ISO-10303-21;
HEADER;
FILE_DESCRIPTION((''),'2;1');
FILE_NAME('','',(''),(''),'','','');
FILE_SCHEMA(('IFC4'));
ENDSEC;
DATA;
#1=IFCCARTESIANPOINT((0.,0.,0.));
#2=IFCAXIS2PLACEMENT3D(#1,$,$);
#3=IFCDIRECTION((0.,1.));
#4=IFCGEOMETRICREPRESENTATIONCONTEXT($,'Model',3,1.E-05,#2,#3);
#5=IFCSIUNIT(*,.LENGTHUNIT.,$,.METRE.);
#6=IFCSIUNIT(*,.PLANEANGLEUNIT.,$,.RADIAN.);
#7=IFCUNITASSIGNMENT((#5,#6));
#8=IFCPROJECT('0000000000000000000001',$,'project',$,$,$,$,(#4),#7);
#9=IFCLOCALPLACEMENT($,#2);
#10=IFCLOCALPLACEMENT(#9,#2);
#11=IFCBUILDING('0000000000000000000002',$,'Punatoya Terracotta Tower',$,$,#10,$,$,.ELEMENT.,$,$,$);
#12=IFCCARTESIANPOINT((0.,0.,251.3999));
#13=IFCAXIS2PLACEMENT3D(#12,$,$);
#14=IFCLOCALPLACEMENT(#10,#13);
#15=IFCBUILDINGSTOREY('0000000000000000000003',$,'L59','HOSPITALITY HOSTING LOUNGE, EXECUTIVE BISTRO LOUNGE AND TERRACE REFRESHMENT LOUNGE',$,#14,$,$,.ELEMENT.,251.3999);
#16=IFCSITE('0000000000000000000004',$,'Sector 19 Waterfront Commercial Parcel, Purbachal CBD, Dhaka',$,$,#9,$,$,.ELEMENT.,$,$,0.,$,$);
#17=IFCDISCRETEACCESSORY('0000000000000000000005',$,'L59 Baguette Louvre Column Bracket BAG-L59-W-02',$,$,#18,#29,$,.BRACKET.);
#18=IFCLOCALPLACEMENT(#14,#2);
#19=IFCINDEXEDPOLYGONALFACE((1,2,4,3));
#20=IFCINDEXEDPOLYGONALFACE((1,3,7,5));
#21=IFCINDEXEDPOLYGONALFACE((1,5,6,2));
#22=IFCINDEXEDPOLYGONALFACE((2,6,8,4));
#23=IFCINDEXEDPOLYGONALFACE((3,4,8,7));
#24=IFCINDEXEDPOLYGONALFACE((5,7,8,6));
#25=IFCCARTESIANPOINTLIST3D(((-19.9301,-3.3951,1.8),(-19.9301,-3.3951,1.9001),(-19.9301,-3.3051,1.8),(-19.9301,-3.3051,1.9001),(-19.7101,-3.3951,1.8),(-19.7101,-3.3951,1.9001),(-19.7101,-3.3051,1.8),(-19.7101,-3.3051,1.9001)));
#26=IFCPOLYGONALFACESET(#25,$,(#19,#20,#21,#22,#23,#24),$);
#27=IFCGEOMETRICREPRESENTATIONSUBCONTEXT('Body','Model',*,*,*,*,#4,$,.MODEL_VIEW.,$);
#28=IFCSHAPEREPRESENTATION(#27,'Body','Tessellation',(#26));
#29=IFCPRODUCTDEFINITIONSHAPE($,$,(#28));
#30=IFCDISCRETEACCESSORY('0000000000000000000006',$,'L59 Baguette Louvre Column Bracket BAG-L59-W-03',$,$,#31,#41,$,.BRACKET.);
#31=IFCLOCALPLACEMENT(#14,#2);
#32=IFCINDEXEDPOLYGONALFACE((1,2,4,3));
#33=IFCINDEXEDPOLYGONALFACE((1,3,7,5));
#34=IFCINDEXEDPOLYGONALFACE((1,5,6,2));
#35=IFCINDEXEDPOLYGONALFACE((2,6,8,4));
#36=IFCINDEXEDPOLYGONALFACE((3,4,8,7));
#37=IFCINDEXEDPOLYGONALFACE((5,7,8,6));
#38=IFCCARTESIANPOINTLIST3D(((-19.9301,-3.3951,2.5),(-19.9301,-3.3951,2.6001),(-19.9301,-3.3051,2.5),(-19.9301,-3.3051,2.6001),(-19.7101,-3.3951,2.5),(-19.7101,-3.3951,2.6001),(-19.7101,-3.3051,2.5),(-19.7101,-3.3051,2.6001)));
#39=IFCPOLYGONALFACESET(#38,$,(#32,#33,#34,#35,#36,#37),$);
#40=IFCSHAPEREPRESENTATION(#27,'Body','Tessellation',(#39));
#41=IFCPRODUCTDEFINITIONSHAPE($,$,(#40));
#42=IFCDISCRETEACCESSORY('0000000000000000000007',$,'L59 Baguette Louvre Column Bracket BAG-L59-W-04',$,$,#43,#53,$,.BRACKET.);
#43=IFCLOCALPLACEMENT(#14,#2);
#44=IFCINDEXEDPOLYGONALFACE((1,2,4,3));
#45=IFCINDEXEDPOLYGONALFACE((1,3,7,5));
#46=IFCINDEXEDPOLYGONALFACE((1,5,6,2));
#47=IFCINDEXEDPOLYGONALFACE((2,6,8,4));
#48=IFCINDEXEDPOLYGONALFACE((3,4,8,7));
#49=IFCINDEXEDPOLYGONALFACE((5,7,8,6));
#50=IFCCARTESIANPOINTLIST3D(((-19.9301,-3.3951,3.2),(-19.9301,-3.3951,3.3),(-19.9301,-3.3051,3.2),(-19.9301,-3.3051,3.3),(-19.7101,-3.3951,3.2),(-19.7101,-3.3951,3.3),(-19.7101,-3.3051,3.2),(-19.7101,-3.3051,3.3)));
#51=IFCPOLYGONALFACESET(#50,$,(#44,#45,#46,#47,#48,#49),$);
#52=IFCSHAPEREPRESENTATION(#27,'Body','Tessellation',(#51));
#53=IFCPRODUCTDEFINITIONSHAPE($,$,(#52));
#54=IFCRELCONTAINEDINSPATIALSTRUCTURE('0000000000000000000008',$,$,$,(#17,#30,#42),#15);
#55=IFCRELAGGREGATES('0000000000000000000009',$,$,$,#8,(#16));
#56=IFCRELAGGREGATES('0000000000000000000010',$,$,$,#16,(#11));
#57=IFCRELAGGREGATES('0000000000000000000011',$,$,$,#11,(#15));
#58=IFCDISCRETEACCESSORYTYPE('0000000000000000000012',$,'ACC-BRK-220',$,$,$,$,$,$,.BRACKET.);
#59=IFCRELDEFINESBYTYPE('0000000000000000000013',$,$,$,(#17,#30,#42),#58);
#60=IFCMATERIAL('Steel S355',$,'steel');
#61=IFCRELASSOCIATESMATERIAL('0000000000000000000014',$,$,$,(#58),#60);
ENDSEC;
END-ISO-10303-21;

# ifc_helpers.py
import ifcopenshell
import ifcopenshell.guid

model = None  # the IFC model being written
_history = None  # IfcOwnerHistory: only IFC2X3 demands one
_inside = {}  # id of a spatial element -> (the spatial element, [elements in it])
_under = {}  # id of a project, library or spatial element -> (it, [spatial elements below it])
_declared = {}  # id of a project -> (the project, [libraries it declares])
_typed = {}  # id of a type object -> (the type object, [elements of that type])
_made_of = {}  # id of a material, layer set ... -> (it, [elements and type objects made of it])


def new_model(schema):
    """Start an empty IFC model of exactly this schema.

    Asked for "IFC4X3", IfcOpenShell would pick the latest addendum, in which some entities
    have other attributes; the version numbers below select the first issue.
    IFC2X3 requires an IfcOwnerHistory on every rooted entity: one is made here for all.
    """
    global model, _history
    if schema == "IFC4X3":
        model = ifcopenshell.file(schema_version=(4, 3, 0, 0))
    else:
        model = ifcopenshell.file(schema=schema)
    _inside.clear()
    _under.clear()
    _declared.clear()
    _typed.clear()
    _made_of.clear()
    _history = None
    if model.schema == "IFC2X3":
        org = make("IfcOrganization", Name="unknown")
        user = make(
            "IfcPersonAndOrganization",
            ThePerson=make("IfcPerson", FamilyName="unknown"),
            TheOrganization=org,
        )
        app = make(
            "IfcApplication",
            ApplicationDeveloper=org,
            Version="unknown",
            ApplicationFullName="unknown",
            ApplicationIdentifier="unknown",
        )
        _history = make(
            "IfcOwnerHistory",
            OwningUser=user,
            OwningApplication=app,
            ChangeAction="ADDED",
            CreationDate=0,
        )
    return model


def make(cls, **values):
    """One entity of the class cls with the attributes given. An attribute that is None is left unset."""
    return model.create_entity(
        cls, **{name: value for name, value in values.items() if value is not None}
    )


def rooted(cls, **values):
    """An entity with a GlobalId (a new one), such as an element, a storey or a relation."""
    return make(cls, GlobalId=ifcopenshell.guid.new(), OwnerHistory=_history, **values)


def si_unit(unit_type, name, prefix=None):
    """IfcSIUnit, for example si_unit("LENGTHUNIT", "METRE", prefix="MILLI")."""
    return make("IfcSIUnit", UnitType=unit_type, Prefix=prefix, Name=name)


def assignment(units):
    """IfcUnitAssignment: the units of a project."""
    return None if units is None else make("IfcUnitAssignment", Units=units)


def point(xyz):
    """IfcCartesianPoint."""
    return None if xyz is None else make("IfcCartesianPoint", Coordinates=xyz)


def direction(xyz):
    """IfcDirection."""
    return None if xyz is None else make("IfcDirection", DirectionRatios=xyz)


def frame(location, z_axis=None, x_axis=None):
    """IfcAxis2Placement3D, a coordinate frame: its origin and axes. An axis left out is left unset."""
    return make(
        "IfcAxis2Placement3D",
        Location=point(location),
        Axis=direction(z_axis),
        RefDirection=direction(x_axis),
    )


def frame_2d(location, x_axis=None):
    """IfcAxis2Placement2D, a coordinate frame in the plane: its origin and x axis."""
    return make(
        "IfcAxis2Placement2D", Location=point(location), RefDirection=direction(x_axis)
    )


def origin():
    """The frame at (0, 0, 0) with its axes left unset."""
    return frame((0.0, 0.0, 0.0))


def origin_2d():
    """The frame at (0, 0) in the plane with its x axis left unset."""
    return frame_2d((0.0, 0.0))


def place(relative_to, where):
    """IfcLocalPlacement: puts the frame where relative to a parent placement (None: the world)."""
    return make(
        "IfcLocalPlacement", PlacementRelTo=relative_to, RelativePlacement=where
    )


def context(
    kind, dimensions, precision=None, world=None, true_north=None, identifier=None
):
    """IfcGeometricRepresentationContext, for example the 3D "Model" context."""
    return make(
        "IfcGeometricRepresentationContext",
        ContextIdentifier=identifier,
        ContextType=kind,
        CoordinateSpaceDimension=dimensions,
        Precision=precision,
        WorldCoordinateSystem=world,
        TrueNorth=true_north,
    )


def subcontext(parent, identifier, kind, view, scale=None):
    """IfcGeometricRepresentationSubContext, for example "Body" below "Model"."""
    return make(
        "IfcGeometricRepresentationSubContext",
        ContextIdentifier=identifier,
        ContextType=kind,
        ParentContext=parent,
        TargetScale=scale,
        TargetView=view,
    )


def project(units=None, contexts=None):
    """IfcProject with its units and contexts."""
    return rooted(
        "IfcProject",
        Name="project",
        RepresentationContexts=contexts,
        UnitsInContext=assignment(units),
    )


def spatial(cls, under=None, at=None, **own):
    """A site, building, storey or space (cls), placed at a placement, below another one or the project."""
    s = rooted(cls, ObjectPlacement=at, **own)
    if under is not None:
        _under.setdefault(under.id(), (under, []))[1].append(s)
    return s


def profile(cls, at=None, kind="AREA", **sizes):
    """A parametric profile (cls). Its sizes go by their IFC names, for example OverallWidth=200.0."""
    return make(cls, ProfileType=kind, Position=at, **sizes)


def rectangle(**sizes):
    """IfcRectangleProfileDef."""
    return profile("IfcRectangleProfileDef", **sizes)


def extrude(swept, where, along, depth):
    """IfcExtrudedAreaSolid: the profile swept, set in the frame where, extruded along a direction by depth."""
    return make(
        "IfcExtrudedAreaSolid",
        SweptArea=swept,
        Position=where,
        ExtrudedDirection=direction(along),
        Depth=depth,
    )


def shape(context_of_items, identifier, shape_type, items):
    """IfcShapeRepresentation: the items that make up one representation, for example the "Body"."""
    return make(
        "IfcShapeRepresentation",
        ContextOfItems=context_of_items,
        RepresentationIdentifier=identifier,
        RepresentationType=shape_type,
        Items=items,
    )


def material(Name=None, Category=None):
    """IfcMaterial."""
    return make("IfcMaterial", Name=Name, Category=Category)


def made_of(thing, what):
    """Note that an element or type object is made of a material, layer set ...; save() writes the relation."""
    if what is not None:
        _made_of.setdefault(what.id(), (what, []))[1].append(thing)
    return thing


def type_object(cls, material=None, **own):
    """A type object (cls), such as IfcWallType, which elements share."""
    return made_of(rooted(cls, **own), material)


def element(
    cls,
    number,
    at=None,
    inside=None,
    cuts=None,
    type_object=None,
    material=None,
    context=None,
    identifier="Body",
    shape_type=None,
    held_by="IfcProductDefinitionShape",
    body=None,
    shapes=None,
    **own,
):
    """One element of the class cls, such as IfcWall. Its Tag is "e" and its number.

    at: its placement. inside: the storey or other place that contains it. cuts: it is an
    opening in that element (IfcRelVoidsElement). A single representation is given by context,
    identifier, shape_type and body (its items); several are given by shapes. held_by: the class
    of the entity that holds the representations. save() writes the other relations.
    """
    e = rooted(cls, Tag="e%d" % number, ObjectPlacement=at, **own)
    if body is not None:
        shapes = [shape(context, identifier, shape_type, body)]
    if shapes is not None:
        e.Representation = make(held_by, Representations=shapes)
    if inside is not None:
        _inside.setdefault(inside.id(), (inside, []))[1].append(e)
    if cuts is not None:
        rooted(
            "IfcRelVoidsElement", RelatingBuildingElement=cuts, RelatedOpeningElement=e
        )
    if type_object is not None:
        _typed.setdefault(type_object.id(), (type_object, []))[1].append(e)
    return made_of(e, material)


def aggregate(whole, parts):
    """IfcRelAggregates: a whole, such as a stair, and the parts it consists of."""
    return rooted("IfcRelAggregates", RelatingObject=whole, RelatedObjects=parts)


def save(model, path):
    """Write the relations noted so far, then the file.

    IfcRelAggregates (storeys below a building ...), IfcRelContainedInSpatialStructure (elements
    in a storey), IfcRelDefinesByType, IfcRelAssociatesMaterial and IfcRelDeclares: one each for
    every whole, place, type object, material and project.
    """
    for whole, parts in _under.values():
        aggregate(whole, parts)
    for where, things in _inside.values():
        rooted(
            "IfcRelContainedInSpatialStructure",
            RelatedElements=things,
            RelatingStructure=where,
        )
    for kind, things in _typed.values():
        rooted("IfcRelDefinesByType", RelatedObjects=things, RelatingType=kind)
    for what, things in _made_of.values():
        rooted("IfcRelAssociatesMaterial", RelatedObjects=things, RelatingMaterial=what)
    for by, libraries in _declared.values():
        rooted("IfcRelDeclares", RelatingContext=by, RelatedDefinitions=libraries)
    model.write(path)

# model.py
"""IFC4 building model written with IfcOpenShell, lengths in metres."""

from ifc_helpers import new_model, si_unit, direction, frame, origin, origin_2d, place, context, subcontext, project, spatial, rectangle, extrude, material, type_object, element, save


model = new_model("IFC4")

# Units and contexts
model_context = context("Model", 3, precision=1e-05, world=origin(), true_north=direction((0.0, 1.0)))
body_context = subcontext(model_context, "Body", "Model", "MODEL_VIEW")
ifc_project = project(units=[si_unit("LENGTHUNIT", "METRE"), si_unit("PLANEANGLEUNIT", "RADIAN")], contexts=[model_context])

# Site, building, storey
site_placement = place(None, origin())
site = spatial("IfcSite", under=ifc_project, at=site_placement, Name="Sector 19 Waterfront Commercial Parcel, Purbachal CBD, Dhaka", CompositionType="ELEMENT", RefElevation=0.0)
building_placement = place(site_placement, origin())
building = spatial("IfcBuilding", under=site, at=building_placement, Name="Punatoya Terracotta Tower", CompositionType="ELEMENT")
storey_placement = place(building_placement, frame((0.0, 0.0, 251.3999)))
storey = spatial("IfcBuildingStorey", under=building, at=storey_placement, Name="L59", Description="HOSPITALITY HOSTING LOUNGE, EXECUTIVE BISTRO LOUNGE AND TERRACE REFRESHMENT LOUNGE", CompositionType="ELEMENT", Elevation=251.3999)

# Shared definitions
ifc_material_1 = material(Name="Steel S355", Category="steel")

# Discrete accessories
discrete_accessory_type = type_object("IfcDiscreteAccessoryType", Name="ACC-BRK-220", PredefinedType="BRACKET", material=ifc_material_1)
for number, where, z_axis, x_axis, name in (
    (1, (-19.8201, -3.3501, 1.8), (0.0, 0.0, 1.0), (0.0, 1.0, 0.0), "L59 Baguette Louvre Column Bracket BAG-L59-W-02"),
    (2, (-19.8201, -3.3501, 2.5), (0.0, 0.0, 1.0), (0.0, 1.0, 0.0), "L59 Baguette Louvre Column Bracket BAG-L59-W-03"),
    (3, (-19.8201, -3.3501, 3.2), (0.0, 0.0, 1.0), (0.0, 1.0, 0.0), "L59 Baguette Louvre Column Bracket BAG-L59-W-04"),
):
    element("IfcDiscreteAccessory", number, at=place(storey_placement, frame(where, z_axis=z_axis, x_axis=x_axis)), inside=storey, type_object=discrete_accessory_type, Name=name, PredefinedType="BRACKET", context=body_context, shape_type="SweptSolid", body=[
        extrude(rectangle(XDim=0.0901, YDim=0.22, at=origin_2d()), origin(), (0.0, 0.0, 1.0), 0.1001),
    ])

save(model, "model.ifc")
